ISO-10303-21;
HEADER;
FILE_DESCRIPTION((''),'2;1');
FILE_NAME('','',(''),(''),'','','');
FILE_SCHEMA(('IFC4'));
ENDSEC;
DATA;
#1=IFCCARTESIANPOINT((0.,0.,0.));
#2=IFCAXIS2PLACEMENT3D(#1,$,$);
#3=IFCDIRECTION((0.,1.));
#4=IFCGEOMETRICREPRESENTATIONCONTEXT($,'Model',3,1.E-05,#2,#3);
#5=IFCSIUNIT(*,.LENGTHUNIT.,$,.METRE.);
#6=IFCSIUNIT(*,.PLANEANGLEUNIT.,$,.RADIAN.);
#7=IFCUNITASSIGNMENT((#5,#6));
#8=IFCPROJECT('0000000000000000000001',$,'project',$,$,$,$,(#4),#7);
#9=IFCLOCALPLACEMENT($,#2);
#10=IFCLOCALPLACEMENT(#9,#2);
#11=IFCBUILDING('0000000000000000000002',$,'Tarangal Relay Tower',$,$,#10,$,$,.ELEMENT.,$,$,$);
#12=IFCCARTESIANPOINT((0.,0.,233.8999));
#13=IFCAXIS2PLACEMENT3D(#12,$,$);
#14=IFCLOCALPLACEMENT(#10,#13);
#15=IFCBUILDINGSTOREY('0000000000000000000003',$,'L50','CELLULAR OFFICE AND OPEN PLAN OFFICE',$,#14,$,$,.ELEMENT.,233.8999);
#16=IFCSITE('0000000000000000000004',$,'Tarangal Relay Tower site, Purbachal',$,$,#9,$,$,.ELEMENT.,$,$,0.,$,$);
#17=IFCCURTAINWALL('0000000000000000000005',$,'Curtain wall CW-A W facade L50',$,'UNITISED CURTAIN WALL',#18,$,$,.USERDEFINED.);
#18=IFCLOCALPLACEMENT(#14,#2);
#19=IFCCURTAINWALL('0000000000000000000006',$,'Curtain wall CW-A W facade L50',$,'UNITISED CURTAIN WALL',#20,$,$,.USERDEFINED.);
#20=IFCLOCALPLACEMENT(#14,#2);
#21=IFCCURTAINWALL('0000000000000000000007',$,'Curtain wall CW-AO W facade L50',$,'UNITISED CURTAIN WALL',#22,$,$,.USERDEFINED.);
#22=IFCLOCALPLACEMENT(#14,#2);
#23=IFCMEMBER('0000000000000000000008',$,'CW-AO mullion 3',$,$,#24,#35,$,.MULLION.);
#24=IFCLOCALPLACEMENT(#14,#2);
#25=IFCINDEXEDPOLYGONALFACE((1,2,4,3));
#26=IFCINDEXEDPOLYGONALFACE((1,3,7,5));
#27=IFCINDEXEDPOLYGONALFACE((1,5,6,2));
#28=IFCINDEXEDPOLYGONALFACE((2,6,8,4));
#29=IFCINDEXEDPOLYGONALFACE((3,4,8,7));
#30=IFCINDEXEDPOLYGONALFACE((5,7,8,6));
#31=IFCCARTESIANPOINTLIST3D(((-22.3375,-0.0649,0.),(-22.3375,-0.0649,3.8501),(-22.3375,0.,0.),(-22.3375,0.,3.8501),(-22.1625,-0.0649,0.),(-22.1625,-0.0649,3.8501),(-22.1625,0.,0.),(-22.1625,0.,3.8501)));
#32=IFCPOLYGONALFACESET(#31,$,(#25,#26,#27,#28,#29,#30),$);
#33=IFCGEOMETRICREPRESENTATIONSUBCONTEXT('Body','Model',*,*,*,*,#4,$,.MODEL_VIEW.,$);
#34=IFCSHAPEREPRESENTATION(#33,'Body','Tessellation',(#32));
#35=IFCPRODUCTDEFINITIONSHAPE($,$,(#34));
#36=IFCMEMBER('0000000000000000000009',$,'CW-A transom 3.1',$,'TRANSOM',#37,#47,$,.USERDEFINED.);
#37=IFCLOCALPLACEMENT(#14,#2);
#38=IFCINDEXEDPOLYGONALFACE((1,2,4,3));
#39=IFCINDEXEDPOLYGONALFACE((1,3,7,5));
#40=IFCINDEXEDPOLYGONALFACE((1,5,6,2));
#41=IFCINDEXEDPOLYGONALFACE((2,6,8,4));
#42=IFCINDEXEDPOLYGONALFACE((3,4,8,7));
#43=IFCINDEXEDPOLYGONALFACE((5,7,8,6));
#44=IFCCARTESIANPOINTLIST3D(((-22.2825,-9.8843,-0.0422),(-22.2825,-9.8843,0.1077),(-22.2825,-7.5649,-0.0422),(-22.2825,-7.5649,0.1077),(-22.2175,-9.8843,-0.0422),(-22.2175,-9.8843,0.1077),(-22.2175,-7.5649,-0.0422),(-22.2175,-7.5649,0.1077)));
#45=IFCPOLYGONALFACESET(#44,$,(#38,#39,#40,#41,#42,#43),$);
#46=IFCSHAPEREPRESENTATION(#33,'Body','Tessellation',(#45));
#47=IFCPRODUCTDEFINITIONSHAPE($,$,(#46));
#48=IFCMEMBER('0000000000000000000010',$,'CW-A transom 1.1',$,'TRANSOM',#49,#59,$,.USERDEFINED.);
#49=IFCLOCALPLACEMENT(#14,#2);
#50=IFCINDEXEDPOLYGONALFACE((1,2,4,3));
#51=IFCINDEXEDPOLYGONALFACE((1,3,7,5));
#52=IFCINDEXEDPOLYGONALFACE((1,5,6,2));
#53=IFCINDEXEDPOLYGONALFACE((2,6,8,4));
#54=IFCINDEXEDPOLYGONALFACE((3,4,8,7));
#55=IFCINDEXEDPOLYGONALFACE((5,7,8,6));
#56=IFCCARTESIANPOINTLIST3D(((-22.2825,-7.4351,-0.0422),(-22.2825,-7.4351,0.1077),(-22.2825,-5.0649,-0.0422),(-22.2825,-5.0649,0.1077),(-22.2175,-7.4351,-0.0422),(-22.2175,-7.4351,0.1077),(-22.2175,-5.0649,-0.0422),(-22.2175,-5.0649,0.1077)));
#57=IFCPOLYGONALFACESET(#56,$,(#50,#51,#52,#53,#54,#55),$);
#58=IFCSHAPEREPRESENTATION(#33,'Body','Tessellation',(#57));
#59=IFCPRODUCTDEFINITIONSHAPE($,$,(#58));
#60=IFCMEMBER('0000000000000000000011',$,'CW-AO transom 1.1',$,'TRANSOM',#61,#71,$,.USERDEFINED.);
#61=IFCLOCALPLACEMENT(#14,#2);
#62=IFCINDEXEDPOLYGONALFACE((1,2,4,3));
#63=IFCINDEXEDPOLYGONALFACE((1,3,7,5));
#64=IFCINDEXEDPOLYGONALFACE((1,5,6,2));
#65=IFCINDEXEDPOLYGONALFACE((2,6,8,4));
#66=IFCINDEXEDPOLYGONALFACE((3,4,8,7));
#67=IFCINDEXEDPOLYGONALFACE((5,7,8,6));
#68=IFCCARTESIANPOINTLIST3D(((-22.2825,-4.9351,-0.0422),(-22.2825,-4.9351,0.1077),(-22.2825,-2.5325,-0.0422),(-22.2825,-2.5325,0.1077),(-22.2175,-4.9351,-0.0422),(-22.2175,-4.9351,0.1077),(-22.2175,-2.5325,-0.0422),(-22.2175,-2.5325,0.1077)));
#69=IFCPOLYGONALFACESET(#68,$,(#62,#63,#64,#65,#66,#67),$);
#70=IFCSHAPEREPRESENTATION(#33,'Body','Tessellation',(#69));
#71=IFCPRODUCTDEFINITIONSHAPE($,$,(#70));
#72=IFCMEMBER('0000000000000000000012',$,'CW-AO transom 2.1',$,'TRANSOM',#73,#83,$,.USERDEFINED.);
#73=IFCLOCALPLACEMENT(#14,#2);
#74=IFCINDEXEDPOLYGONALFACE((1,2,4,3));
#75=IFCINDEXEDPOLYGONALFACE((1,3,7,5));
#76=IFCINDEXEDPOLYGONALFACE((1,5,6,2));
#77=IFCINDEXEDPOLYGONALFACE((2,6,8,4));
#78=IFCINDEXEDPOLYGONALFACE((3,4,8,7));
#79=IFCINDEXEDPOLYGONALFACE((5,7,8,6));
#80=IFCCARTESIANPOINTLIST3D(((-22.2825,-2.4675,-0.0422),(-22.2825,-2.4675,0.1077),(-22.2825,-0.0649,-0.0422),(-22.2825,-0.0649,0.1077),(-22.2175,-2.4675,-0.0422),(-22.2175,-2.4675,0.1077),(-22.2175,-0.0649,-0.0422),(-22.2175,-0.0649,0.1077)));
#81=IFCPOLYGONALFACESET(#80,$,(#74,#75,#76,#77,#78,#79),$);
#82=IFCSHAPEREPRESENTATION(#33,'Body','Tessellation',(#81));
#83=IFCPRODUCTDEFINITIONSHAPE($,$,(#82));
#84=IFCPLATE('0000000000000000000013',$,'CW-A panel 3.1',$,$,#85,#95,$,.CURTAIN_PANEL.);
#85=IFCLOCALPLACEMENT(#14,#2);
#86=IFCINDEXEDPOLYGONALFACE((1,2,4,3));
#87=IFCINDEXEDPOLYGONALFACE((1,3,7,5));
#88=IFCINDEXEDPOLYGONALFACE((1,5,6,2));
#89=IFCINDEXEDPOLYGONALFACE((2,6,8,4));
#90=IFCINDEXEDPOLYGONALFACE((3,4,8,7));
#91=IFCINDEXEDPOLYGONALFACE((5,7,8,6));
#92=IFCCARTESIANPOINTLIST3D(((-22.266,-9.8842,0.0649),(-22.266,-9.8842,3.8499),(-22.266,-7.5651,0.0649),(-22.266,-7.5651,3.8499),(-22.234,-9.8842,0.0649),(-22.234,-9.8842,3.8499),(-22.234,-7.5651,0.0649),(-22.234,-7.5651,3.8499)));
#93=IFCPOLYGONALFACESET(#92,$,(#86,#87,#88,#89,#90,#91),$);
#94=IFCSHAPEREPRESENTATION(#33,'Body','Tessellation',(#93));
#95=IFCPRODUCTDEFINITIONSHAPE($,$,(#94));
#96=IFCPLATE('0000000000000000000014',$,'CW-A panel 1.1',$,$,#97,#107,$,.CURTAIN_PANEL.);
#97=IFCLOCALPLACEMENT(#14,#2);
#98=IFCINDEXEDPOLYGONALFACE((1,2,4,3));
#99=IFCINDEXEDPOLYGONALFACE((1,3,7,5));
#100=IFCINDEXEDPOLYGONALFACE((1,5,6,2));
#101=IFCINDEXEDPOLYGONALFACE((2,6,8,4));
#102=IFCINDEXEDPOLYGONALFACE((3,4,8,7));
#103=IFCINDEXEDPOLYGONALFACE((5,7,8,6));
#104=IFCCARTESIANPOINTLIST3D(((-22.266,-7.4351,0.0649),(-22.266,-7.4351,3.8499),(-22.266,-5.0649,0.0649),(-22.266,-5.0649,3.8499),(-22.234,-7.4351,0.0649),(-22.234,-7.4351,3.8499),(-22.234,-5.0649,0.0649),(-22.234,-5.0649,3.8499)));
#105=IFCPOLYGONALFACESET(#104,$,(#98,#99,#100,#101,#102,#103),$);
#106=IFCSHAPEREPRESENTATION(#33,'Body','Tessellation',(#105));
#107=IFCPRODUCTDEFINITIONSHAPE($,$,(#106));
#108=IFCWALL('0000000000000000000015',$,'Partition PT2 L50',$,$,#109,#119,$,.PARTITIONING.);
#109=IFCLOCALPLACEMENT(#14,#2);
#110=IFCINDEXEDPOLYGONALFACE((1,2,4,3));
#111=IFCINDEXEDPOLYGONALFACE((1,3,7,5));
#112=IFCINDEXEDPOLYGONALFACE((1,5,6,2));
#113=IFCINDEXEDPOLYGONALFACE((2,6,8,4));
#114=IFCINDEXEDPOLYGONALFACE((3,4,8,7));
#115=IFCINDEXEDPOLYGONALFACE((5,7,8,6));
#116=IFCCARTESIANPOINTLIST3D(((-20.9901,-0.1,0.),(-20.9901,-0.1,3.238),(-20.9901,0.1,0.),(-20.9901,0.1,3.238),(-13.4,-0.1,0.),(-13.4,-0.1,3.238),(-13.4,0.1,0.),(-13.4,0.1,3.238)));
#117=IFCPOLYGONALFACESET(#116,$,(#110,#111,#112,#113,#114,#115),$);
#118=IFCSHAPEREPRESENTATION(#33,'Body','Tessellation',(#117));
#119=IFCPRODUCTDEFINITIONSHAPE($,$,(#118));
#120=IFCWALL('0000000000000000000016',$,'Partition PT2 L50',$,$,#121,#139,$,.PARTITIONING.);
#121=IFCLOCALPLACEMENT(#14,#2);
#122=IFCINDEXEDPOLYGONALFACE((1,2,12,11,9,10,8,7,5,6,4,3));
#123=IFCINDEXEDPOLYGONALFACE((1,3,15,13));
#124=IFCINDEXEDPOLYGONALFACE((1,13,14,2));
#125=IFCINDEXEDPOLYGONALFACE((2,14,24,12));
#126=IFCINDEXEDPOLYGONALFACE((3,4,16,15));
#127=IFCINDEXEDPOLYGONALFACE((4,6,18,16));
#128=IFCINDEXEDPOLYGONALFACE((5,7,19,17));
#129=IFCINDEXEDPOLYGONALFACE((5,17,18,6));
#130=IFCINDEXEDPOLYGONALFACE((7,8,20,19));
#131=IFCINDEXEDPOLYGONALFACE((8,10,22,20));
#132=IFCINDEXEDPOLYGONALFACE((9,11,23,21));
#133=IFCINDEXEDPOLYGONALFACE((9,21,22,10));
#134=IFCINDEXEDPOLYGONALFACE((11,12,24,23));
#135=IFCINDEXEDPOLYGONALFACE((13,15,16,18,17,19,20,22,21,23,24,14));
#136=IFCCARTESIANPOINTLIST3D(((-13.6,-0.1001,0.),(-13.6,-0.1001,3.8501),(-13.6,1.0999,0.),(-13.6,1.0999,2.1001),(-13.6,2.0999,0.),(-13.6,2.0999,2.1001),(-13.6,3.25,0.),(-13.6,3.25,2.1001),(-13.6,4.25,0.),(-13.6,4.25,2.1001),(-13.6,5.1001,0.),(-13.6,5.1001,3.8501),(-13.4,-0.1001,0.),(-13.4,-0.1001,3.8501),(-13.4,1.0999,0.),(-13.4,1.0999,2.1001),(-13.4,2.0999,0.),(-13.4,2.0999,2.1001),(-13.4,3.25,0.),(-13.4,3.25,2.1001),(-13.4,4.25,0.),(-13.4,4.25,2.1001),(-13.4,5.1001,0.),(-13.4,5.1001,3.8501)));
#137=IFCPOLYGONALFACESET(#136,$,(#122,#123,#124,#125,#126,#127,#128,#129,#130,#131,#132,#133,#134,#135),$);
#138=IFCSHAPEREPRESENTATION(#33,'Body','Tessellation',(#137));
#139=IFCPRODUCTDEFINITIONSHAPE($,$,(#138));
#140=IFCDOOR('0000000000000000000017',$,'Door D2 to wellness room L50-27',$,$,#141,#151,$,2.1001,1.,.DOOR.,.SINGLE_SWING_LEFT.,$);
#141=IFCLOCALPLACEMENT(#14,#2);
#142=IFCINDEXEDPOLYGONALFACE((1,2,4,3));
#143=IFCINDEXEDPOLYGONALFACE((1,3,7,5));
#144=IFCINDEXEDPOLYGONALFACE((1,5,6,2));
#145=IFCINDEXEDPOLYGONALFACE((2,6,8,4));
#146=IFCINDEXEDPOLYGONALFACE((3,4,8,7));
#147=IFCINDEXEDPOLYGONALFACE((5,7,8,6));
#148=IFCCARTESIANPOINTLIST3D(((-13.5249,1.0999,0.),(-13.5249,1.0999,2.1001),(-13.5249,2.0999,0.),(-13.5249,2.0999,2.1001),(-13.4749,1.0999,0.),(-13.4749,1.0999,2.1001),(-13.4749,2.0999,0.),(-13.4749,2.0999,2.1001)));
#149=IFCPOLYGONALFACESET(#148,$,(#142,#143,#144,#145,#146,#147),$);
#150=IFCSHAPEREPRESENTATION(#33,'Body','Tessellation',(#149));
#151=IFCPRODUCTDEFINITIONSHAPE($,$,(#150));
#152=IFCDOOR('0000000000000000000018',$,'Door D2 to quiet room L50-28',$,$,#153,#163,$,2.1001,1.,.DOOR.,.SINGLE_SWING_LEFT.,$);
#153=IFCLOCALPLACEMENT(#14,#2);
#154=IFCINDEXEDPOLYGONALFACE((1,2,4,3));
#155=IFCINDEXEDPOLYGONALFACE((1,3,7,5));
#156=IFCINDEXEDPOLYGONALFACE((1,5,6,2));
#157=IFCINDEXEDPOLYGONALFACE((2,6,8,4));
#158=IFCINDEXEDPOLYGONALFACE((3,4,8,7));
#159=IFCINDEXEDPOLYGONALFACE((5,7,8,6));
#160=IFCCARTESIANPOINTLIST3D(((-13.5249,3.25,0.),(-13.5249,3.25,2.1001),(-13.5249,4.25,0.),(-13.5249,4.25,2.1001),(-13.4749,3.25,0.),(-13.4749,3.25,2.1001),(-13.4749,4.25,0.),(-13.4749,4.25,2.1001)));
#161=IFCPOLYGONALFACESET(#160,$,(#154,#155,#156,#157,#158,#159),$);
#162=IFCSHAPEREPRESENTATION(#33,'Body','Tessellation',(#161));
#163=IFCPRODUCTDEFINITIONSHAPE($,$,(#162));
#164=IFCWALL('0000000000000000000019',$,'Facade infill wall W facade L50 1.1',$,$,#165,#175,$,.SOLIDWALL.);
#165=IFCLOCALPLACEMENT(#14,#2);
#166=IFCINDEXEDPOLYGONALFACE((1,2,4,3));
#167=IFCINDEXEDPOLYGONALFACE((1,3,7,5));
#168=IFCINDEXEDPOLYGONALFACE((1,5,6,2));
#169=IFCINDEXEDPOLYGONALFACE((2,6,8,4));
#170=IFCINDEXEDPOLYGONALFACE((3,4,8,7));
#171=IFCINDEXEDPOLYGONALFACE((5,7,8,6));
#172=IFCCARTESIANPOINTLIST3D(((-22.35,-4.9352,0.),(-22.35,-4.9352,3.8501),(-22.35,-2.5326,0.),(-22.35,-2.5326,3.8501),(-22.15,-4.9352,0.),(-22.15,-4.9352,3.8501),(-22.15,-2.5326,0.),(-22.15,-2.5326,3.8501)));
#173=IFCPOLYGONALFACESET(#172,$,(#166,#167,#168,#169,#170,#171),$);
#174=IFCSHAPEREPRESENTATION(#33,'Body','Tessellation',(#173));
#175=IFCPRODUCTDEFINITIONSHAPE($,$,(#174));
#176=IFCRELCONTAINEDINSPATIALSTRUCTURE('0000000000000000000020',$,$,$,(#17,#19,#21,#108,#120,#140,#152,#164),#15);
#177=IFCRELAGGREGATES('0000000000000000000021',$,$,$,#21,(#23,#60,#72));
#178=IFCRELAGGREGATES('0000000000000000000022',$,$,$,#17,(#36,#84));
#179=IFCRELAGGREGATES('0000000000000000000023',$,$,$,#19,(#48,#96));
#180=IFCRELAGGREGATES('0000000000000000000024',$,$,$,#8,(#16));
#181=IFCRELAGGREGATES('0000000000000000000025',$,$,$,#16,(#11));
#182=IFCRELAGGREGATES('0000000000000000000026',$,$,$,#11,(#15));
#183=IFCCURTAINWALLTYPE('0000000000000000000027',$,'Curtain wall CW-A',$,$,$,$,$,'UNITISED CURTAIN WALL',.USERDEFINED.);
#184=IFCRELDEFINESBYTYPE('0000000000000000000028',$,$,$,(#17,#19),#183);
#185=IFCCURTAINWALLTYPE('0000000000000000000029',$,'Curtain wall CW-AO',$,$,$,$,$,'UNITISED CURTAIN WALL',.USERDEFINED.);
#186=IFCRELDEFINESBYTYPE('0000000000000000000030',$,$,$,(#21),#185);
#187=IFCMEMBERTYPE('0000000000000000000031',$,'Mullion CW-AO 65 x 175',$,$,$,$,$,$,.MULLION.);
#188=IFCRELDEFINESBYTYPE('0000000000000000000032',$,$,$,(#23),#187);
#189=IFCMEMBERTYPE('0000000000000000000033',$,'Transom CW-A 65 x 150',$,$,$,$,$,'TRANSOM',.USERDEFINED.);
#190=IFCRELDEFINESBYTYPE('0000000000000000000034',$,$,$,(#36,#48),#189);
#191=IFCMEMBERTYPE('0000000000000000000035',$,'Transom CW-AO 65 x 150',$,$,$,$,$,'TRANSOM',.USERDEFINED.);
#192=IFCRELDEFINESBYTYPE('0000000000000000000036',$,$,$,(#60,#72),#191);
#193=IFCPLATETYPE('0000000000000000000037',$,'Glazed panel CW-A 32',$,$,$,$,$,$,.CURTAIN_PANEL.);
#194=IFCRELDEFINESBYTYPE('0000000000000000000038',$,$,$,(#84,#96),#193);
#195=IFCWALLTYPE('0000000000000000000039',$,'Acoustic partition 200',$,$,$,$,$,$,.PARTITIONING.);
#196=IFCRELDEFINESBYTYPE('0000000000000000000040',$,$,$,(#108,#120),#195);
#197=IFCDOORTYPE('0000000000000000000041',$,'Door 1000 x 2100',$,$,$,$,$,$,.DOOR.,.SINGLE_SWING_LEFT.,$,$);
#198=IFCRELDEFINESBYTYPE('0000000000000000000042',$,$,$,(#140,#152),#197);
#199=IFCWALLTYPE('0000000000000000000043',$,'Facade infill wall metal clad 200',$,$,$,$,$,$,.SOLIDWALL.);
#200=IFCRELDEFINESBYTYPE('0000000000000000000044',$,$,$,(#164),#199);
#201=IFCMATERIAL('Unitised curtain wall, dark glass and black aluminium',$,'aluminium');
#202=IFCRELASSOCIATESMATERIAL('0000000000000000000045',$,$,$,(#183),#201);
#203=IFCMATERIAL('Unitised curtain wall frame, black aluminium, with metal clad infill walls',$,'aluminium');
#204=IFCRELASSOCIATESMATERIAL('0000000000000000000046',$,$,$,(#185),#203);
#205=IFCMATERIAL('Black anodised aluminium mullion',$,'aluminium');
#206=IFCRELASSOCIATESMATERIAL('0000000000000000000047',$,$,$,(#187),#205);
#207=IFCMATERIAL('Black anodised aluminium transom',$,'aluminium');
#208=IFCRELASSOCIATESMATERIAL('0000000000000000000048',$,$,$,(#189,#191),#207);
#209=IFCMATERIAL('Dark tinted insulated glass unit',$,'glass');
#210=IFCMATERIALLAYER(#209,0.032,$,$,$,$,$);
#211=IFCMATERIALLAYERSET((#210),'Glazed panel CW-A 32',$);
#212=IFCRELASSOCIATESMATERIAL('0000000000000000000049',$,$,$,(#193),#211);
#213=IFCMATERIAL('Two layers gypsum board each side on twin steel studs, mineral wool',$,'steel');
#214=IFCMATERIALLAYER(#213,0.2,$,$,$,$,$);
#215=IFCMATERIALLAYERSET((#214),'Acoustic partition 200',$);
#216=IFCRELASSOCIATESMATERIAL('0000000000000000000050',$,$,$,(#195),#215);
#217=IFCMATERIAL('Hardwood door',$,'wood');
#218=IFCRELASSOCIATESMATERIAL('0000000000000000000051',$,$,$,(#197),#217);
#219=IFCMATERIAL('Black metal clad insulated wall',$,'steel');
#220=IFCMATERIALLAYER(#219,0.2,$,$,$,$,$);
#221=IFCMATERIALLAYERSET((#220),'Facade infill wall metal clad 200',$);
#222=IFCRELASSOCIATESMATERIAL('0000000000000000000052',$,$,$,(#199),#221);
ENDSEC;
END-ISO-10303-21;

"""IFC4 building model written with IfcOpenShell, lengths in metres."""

from ifc_helpers import new_model, si_unit, direction, frame, frame_2d, origin, origin_2d, place, context, subcontext, project, spatial, rectangle, extrude, material, layer, layer_set, material_profile, profile_set, type_object, element, fill, aggregate, save


model = new_model("IFC4")

# Units and contexts
model_context = context("Model", 3, precision=1e-05, world=origin(), true_north=direction((0.0, 1.0)))
body_context = subcontext(model_context, "Body", "Model", "MODEL_VIEW")
ifc_project = project(units=[si_unit("LENGTHUNIT", "METRE"), si_unit("PLANEANGLEUNIT", "RADIAN")], contexts=[model_context])

# Site, building, storey
site_placement = place(None, origin())
site = spatial("IfcSite", under=ifc_project, at=site_placement, Name="Tarangal Relay Tower site, Purbachal", CompositionType="ELEMENT", RefElevation=0.0)
building_placement = place(site_placement, origin())
building = spatial("IfcBuilding", under=site, at=building_placement, Name="Tarangal Relay Tower", CompositionType="ELEMENT")
storey_placement = place(building_placement, frame((0.0, 0.0, 233.8999)))
storey = spatial("IfcBuildingStorey", under=building, at=storey_placement, Name="L50", Description="CELLULAR OFFICE AND OPEN PLAN OFFICE", CompositionType="ELEMENT", Elevation=233.8999)

# Curtain walls, member
ifc_material_1 = material(Name="Unitised curtain wall, dark glass and black aluminium", Category="aluminium")
curtain_wall_type_1 = type_object("IfcCurtainWallType", Name="Curtain wall CW-A", ElementType="UNITISED CURTAIN WALL", PredefinedType="USERDEFINED", material=ifc_material_1)
curtain_wall_1_placement = place(storey_placement, origin())
curtain_wall_1 = element("IfcCurtainWall", 1, at=curtain_wall_1_placement, inside=storey, type_object=curtain_wall_type_1, Name="Curtain wall CW-A W facade L50", ObjectType="UNITISED CURTAIN WALL", PredefinedType="USERDEFINED")
ifc_material_2 = material(Name="Black anodised aluminium mullion", Category="aluminium")
curtain_wall_2_placement = place(storey_placement, origin())
curtain_wall_2 = element("IfcCurtainWall", 2, at=curtain_wall_2_placement, inside=storey, type_object=curtain_wall_type_1, Name="Curtain wall CW-A W facade L50", ObjectType="UNITISED CURTAIN WALL", PredefinedType="USERDEFINED")
ifc_material_3 = material(Name="Unitised curtain wall frame, black aluminium, with metal clad infill walls", Category="aluminium")
curtain_wall_type_2 = type_object("IfcCurtainWallType", Name="Curtain wall CW-AO", ElementType="UNITISED CURTAIN WALL", PredefinedType="USERDEFINED", material=ifc_material_3)
curtain_wall_3_placement = place(storey_placement, origin())
curtain_wall_3 = element("IfcCurtainWall", 3, at=curtain_wall_3_placement, inside=storey, type_object=curtain_wall_type_2, Name="Curtain wall CW-AO W facade L50", ObjectType="UNITISED CURTAIN WALL", PredefinedType="USERDEFINED")
ifc_material_profile_1 = material_profile(ifc_material_2, rectangle(XDim=0.175, YDim=0.0649, at=origin_2d()), Name="CW-AOM 65X175")
ifc_profile_set_1 = profile_set([ifc_material_profile_1], Name="Black anodised aluminium mullion")
member_type_1 = type_object("IfcMemberType", Name="Mullion CW-AO 65 x 175", PredefinedType="MULLION", material=ifc_profile_set_1)
member_1_placement = place(storey_placement, frame((-22.25, -0.0325, 0.0), z_axis=(0.0, 0.0, 1.0), x_axis=(-1.0, 0.0, 0.0)))
member_1 = element("IfcMember", 4, at=member_1_placement, type_object=member_type_1, Name="CW-AO mullion 3", PredefinedType="MULLION", context=body_context, shape_type="SweptSolid", body=[
    extrude(rectangle(XDim=0.175, YDim=0.0649, at=origin_2d()), origin(), (0.0, 0.0, 1.0), 3.8501),
])

# Members
ifc_material_4 = material(Name="Black anodised aluminium transom", Category="aluminium")
ifc_material_profile_2 = material_profile(ifc_material_4, rectangle(XDim=0.0649, YDim=0.1499, at=origin_2d()), Name="CW-AT 65X150")
ifc_profile_set_2 = profile_set([ifc_material_profile_2], Name="Black anodised aluminium transom")
member_type_2 = type_object("IfcMemberType", Name="Transom CW-A 65 x 150", ElementType="TRANSOM", PredefinedType="USERDEFINED", material=ifc_profile_set_2)
member_2_placement = place(storey_placement, frame((-22.25, -9.8843, 0.0327), z_axis=(0.0, 1.0, 0.0), x_axis=(-1.0, 0.0, 0.0)))
member_2 = element("IfcMember", 5, at=member_2_placement, type_object=member_type_2, Name="CW-A transom 3.1", ObjectType="TRANSOM", PredefinedType="USERDEFINED", context=body_context, shape_type="SweptSolid", body=[
    extrude(rectangle(XDim=0.0649, YDim=0.1499, at=origin_2d()), origin(), (0.0, 0.0, 1.0), 2.3193),
])
member_3_placement = place(storey_placement, frame((-22.25, -7.4351, 0.0327), z_axis=(0.0, 1.0, 0.0), x_axis=(-1.0, 0.0, 0.0)))
member_3 = element("IfcMember", 6, at=member_3_placement, type_object=member_type_2, Name="CW-A transom 1.1", ObjectType="TRANSOM", PredefinedType="USERDEFINED", context=body_context, shape_type="SweptSolid", body=[
    extrude(rectangle(XDim=0.0649, YDim=0.1499, at=origin_2d()), origin(), (0.0, 0.0, 1.0), 2.3701),
])
ifc_material_profile_3 = material_profile(ifc_material_4, rectangle(XDim=0.0649, YDim=0.1499, at=origin_2d()), Name="CW-AOT 65X150")
ifc_profile_set_3 = profile_set([ifc_material_profile_3], Name="Black anodised aluminium transom")
member_type_3 = type_object("IfcMemberType", Name="Transom CW-AO 65 x 150", ElementType="TRANSOM", PredefinedType="USERDEFINED", material=ifc_profile_set_3)
member_4_placement = place(storey_placement, frame((-22.25, -4.9351, 0.0327), z_axis=(0.0, 1.0, 0.0), x_axis=(-1.0, 0.0, 0.0)))
member_4 = element("IfcMember", 7, at=member_4_placement, type_object=member_type_3, Name="CW-AO transom 1.1", ObjectType="TRANSOM", PredefinedType="USERDEFINED", context=body_context, shape_type="SweptSolid", body=[
    extrude(rectangle(XDim=0.0649, YDim=0.1499, at=origin_2d()), origin(), (0.0, 0.0, 1.0), 2.4026),
])
member_5_placement = place(storey_placement, frame((-22.25, -2.4675, 0.0327), z_axis=(0.0, 1.0, 0.0), x_axis=(-1.0, 0.0, 0.0)))
member_5 = element("IfcMember", 8, at=member_5_placement, type_object=member_type_3, Name="CW-AO transom 2.1", ObjectType="TRANSOM", PredefinedType="USERDEFINED", context=body_context, shape_type="SweptSolid", body=[
    extrude(rectangle(XDim=0.0649, YDim=0.1499, at=origin_2d()), origin(), (0.0, 0.0, 1.0), 2.4026),
])
aggregate(curtain_wall_3, [member_1, member_4, member_5])

# Plates
ifc_material_5 = material(Name="Dark tinted insulated glass unit", Category="glass")
ifc_layer_1 = layer(ifc_material_5, 0.032)
ifc_layer_set_1 = layer_set([ifc_layer_1], Name="Glazed panel CW-A 32")
plate_type = type_object("IfcPlateType", Name="Glazed panel CW-A 32", PredefinedType="CURTAIN_PANEL", material=ifc_layer_set_1)
plate_1_placement = place(storey_placement, frame((-22.25, -8.7246, 0.0649), z_axis=(0.0, 0.0, 1.0), x_axis=(0.0, 1.0, 0.0)))
plate_1 = element("IfcPlate", 9, at=plate_1_placement, type_object=plate_type, Name="CW-A panel 3.1", PredefinedType="CURTAIN_PANEL", context=body_context, shape_type="SweptSolid", body=[
    extrude(rectangle(XDim=2.3191, YDim=0.032, at=origin_2d()), origin(), (0.0, 0.0, 1.0), 3.7849),
])
aggregate(curtain_wall_1, [member_2, plate_1])
plate_2_placement = place(storey_placement, frame((-22.25, -6.25, 0.0649), z_axis=(0.0, 0.0, 1.0), x_axis=(0.0, 1.0, 0.0)))
plate_2 = element("IfcPlate", 10, at=plate_2_placement, type_object=plate_type, Name="CW-A panel 1.1", PredefinedType="CURTAIN_PANEL", context=body_context, shape_type="SweptSolid", body=[
    extrude(rectangle(XDim=2.3701, YDim=0.032, at=origin_2d()), origin(), (0.0, 0.0, 1.0), 3.7849),
])
aggregate(curtain_wall_2, [member_3, plate_2])

# Wall
ifc_material_6 = material(Name="Two layers gypsum board each side on twin steel studs, mineral wool", Category="steel")
ifc_layer_2 = layer(ifc_material_6, 0.2)
ifc_layer_set_2 = layer_set([ifc_layer_2], Name="Acoustic partition 200")
wall_type_1 = type_object("IfcWallType", Name="Acoustic partition 200", PredefinedType="PARTITIONING", material=ifc_layer_set_2)
wall_1_placement = place(storey_placement, frame((-20.99, 0.0, 0.0), z_axis=(0.0, 0.0, 1.0), x_axis=(1.0, 0.0, 0.0)))
element("IfcWall", 11, at=wall_1_placement, inside=storey, type_object=wall_type_1, Name="Partition PT2 L50", PredefinedType="PARTITIONING", context=body_context, shape_type="SweptSolid", body=[
    extrude(rectangle(XDim=7.5901, YDim=0.2, at=frame_2d((3.7949, 0.0))), origin(), (0.0, 0.0, 1.0), 3.238),
])

# Wall, openings, doors
wall_2_placement = place(storey_placement, frame((-13.5, -0.1001, 0.0), z_axis=(0.0, 0.0, 1.0), x_axis=(0.0, 1.0, 0.0)))
wall_2 = element("IfcWall", 12, at=wall_2_placement, inside=storey, type_object=wall_type_1, Name="Partition PT2 L50", PredefinedType="PARTITIONING", context=body_context, shape_type="SweptSolid", body=[
    extrude(rectangle(XDim=5.2002, YDim=0.2, at=frame_2d((2.6001, 0.0))), origin(), (0.0, 0.0, 1.0), 3.8501),
])
opening_1_placement = place(wall_2_placement, frame((1.2, 0.0, 0.0)))
opening_1 = element("IfcOpeningElement", 13, at=opening_1_placement, cuts=wall_2, PredefinedType="OPENING", context=body_context, shape_type="SweptSolid", body=[
    extrude(rectangle(XDim=1.0, YDim=2.1001, at=frame_2d((0.5, 1.05))), frame((0.0, 0.1099, 0.0), z_axis=(0.0, -1.0, 0.0), x_axis=(1.0, 0.0, 0.0)), (0.0, 0.0, 1.0), 0.22),
])
opening_2_placement = place(wall_2_placement, frame((3.3501, 0.0, 0.0)))
opening_2 = element("IfcOpeningElement", 14, at=opening_2_placement, cuts=wall_2, PredefinedType="OPENING", context=body_context, shape_type="SweptSolid", body=[
    extrude(rectangle(XDim=1.0, YDim=2.1001, at=frame_2d((0.5, 1.05))), frame((0.0, 0.1099, 0.0), z_axis=(0.0, -1.0, 0.0), x_axis=(1.0, 0.0, 0.0)), (0.0, 0.0, 1.0), 0.22),
])
ifc_material_7 = material(Name="Hardwood door", Category="wood")
door_type = type_object("IfcDoorType", Name="Door 1000 x 2100", OperationType="SINGLE_SWING_LEFT", PredefinedType="DOOR", material=ifc_material_7)
door_1_placement = place(opening_1_placement, origin())
door_1 = element("IfcDoor", 15, at=door_1_placement, inside=storey, type_object=door_type, Name="Door D2 to wellness room L50-27", OperationType="SINGLE_SWING_LEFT", OverallHeight=2.1001, OverallWidth=1.0, PredefinedType="DOOR", context=body_context, shape_type="SweptSolid", body=[
    extrude(rectangle(XDim=1.0, YDim=2.1001, at=frame_2d((0.5, 1.05))), frame((0.0, 0.0249, 0.0), z_axis=(0.0, -1.0, 0.0), x_axis=(1.0, 0.0, 0.0)), (0.0, 0.0, 1.0), 0.05),
])
fill(opening_1, door_1)
door_2_placement = place(opening_2_placement, origin())
door_2 = element("IfcDoor", 16, at=door_2_placement, inside=storey, type_object=door_type, Name="Door D2 to quiet room L50-28", OperationType="SINGLE_SWING_LEFT", OverallHeight=2.1001, OverallWidth=1.0, PredefinedType="DOOR", context=body_context, shape_type="SweptSolid", body=[
    extrude(rectangle(XDim=1.0, YDim=2.1001, at=frame_2d((0.5, 1.05))), frame((0.0, 0.0249, 0.0), z_axis=(0.0, -1.0, 0.0), x_axis=(1.0, 0.0, 0.0)), (0.0, 0.0, 1.0), 0.05),
])
fill(opening_2, door_2)

# Wall
ifc_material_8 = material(Name="Black metal clad insulated wall", Category="steel")
ifc_layer_3 = layer(ifc_material_8, 0.2)
ifc_layer_set_3 = layer_set([ifc_layer_3], Name="Facade infill wall metal clad 200")
wall_type_2 = type_object("IfcWallType", Name="Facade infill wall metal clad 200", PredefinedType="SOLIDWALL", material=ifc_layer_set_3)
for number, where, z_axis, x_axis, name in (
    (17, (-22.25, -4.9351, 0.0), (0.0, 0.0, 1.0), (0.0, 1.0, 0.0), "Facade infill wall W facade L50 1.1"),
):
    element("IfcWall", number, at=place(storey_placement, frame(where, z_axis=z_axis, x_axis=x_axis)), inside=storey, type_object=wall_type_2, Name=name, PredefinedType="SOLIDWALL", context=body_context, shape_type="SweptSolid", body=[
        extrude(rectangle(XDim=2.4026, YDim=0.2, at=frame_2d((1.2012, 0.0))), origin(), (0.0, 0.0, 1.0), 3.8501),
    ])

save(model, "model.ifc")
